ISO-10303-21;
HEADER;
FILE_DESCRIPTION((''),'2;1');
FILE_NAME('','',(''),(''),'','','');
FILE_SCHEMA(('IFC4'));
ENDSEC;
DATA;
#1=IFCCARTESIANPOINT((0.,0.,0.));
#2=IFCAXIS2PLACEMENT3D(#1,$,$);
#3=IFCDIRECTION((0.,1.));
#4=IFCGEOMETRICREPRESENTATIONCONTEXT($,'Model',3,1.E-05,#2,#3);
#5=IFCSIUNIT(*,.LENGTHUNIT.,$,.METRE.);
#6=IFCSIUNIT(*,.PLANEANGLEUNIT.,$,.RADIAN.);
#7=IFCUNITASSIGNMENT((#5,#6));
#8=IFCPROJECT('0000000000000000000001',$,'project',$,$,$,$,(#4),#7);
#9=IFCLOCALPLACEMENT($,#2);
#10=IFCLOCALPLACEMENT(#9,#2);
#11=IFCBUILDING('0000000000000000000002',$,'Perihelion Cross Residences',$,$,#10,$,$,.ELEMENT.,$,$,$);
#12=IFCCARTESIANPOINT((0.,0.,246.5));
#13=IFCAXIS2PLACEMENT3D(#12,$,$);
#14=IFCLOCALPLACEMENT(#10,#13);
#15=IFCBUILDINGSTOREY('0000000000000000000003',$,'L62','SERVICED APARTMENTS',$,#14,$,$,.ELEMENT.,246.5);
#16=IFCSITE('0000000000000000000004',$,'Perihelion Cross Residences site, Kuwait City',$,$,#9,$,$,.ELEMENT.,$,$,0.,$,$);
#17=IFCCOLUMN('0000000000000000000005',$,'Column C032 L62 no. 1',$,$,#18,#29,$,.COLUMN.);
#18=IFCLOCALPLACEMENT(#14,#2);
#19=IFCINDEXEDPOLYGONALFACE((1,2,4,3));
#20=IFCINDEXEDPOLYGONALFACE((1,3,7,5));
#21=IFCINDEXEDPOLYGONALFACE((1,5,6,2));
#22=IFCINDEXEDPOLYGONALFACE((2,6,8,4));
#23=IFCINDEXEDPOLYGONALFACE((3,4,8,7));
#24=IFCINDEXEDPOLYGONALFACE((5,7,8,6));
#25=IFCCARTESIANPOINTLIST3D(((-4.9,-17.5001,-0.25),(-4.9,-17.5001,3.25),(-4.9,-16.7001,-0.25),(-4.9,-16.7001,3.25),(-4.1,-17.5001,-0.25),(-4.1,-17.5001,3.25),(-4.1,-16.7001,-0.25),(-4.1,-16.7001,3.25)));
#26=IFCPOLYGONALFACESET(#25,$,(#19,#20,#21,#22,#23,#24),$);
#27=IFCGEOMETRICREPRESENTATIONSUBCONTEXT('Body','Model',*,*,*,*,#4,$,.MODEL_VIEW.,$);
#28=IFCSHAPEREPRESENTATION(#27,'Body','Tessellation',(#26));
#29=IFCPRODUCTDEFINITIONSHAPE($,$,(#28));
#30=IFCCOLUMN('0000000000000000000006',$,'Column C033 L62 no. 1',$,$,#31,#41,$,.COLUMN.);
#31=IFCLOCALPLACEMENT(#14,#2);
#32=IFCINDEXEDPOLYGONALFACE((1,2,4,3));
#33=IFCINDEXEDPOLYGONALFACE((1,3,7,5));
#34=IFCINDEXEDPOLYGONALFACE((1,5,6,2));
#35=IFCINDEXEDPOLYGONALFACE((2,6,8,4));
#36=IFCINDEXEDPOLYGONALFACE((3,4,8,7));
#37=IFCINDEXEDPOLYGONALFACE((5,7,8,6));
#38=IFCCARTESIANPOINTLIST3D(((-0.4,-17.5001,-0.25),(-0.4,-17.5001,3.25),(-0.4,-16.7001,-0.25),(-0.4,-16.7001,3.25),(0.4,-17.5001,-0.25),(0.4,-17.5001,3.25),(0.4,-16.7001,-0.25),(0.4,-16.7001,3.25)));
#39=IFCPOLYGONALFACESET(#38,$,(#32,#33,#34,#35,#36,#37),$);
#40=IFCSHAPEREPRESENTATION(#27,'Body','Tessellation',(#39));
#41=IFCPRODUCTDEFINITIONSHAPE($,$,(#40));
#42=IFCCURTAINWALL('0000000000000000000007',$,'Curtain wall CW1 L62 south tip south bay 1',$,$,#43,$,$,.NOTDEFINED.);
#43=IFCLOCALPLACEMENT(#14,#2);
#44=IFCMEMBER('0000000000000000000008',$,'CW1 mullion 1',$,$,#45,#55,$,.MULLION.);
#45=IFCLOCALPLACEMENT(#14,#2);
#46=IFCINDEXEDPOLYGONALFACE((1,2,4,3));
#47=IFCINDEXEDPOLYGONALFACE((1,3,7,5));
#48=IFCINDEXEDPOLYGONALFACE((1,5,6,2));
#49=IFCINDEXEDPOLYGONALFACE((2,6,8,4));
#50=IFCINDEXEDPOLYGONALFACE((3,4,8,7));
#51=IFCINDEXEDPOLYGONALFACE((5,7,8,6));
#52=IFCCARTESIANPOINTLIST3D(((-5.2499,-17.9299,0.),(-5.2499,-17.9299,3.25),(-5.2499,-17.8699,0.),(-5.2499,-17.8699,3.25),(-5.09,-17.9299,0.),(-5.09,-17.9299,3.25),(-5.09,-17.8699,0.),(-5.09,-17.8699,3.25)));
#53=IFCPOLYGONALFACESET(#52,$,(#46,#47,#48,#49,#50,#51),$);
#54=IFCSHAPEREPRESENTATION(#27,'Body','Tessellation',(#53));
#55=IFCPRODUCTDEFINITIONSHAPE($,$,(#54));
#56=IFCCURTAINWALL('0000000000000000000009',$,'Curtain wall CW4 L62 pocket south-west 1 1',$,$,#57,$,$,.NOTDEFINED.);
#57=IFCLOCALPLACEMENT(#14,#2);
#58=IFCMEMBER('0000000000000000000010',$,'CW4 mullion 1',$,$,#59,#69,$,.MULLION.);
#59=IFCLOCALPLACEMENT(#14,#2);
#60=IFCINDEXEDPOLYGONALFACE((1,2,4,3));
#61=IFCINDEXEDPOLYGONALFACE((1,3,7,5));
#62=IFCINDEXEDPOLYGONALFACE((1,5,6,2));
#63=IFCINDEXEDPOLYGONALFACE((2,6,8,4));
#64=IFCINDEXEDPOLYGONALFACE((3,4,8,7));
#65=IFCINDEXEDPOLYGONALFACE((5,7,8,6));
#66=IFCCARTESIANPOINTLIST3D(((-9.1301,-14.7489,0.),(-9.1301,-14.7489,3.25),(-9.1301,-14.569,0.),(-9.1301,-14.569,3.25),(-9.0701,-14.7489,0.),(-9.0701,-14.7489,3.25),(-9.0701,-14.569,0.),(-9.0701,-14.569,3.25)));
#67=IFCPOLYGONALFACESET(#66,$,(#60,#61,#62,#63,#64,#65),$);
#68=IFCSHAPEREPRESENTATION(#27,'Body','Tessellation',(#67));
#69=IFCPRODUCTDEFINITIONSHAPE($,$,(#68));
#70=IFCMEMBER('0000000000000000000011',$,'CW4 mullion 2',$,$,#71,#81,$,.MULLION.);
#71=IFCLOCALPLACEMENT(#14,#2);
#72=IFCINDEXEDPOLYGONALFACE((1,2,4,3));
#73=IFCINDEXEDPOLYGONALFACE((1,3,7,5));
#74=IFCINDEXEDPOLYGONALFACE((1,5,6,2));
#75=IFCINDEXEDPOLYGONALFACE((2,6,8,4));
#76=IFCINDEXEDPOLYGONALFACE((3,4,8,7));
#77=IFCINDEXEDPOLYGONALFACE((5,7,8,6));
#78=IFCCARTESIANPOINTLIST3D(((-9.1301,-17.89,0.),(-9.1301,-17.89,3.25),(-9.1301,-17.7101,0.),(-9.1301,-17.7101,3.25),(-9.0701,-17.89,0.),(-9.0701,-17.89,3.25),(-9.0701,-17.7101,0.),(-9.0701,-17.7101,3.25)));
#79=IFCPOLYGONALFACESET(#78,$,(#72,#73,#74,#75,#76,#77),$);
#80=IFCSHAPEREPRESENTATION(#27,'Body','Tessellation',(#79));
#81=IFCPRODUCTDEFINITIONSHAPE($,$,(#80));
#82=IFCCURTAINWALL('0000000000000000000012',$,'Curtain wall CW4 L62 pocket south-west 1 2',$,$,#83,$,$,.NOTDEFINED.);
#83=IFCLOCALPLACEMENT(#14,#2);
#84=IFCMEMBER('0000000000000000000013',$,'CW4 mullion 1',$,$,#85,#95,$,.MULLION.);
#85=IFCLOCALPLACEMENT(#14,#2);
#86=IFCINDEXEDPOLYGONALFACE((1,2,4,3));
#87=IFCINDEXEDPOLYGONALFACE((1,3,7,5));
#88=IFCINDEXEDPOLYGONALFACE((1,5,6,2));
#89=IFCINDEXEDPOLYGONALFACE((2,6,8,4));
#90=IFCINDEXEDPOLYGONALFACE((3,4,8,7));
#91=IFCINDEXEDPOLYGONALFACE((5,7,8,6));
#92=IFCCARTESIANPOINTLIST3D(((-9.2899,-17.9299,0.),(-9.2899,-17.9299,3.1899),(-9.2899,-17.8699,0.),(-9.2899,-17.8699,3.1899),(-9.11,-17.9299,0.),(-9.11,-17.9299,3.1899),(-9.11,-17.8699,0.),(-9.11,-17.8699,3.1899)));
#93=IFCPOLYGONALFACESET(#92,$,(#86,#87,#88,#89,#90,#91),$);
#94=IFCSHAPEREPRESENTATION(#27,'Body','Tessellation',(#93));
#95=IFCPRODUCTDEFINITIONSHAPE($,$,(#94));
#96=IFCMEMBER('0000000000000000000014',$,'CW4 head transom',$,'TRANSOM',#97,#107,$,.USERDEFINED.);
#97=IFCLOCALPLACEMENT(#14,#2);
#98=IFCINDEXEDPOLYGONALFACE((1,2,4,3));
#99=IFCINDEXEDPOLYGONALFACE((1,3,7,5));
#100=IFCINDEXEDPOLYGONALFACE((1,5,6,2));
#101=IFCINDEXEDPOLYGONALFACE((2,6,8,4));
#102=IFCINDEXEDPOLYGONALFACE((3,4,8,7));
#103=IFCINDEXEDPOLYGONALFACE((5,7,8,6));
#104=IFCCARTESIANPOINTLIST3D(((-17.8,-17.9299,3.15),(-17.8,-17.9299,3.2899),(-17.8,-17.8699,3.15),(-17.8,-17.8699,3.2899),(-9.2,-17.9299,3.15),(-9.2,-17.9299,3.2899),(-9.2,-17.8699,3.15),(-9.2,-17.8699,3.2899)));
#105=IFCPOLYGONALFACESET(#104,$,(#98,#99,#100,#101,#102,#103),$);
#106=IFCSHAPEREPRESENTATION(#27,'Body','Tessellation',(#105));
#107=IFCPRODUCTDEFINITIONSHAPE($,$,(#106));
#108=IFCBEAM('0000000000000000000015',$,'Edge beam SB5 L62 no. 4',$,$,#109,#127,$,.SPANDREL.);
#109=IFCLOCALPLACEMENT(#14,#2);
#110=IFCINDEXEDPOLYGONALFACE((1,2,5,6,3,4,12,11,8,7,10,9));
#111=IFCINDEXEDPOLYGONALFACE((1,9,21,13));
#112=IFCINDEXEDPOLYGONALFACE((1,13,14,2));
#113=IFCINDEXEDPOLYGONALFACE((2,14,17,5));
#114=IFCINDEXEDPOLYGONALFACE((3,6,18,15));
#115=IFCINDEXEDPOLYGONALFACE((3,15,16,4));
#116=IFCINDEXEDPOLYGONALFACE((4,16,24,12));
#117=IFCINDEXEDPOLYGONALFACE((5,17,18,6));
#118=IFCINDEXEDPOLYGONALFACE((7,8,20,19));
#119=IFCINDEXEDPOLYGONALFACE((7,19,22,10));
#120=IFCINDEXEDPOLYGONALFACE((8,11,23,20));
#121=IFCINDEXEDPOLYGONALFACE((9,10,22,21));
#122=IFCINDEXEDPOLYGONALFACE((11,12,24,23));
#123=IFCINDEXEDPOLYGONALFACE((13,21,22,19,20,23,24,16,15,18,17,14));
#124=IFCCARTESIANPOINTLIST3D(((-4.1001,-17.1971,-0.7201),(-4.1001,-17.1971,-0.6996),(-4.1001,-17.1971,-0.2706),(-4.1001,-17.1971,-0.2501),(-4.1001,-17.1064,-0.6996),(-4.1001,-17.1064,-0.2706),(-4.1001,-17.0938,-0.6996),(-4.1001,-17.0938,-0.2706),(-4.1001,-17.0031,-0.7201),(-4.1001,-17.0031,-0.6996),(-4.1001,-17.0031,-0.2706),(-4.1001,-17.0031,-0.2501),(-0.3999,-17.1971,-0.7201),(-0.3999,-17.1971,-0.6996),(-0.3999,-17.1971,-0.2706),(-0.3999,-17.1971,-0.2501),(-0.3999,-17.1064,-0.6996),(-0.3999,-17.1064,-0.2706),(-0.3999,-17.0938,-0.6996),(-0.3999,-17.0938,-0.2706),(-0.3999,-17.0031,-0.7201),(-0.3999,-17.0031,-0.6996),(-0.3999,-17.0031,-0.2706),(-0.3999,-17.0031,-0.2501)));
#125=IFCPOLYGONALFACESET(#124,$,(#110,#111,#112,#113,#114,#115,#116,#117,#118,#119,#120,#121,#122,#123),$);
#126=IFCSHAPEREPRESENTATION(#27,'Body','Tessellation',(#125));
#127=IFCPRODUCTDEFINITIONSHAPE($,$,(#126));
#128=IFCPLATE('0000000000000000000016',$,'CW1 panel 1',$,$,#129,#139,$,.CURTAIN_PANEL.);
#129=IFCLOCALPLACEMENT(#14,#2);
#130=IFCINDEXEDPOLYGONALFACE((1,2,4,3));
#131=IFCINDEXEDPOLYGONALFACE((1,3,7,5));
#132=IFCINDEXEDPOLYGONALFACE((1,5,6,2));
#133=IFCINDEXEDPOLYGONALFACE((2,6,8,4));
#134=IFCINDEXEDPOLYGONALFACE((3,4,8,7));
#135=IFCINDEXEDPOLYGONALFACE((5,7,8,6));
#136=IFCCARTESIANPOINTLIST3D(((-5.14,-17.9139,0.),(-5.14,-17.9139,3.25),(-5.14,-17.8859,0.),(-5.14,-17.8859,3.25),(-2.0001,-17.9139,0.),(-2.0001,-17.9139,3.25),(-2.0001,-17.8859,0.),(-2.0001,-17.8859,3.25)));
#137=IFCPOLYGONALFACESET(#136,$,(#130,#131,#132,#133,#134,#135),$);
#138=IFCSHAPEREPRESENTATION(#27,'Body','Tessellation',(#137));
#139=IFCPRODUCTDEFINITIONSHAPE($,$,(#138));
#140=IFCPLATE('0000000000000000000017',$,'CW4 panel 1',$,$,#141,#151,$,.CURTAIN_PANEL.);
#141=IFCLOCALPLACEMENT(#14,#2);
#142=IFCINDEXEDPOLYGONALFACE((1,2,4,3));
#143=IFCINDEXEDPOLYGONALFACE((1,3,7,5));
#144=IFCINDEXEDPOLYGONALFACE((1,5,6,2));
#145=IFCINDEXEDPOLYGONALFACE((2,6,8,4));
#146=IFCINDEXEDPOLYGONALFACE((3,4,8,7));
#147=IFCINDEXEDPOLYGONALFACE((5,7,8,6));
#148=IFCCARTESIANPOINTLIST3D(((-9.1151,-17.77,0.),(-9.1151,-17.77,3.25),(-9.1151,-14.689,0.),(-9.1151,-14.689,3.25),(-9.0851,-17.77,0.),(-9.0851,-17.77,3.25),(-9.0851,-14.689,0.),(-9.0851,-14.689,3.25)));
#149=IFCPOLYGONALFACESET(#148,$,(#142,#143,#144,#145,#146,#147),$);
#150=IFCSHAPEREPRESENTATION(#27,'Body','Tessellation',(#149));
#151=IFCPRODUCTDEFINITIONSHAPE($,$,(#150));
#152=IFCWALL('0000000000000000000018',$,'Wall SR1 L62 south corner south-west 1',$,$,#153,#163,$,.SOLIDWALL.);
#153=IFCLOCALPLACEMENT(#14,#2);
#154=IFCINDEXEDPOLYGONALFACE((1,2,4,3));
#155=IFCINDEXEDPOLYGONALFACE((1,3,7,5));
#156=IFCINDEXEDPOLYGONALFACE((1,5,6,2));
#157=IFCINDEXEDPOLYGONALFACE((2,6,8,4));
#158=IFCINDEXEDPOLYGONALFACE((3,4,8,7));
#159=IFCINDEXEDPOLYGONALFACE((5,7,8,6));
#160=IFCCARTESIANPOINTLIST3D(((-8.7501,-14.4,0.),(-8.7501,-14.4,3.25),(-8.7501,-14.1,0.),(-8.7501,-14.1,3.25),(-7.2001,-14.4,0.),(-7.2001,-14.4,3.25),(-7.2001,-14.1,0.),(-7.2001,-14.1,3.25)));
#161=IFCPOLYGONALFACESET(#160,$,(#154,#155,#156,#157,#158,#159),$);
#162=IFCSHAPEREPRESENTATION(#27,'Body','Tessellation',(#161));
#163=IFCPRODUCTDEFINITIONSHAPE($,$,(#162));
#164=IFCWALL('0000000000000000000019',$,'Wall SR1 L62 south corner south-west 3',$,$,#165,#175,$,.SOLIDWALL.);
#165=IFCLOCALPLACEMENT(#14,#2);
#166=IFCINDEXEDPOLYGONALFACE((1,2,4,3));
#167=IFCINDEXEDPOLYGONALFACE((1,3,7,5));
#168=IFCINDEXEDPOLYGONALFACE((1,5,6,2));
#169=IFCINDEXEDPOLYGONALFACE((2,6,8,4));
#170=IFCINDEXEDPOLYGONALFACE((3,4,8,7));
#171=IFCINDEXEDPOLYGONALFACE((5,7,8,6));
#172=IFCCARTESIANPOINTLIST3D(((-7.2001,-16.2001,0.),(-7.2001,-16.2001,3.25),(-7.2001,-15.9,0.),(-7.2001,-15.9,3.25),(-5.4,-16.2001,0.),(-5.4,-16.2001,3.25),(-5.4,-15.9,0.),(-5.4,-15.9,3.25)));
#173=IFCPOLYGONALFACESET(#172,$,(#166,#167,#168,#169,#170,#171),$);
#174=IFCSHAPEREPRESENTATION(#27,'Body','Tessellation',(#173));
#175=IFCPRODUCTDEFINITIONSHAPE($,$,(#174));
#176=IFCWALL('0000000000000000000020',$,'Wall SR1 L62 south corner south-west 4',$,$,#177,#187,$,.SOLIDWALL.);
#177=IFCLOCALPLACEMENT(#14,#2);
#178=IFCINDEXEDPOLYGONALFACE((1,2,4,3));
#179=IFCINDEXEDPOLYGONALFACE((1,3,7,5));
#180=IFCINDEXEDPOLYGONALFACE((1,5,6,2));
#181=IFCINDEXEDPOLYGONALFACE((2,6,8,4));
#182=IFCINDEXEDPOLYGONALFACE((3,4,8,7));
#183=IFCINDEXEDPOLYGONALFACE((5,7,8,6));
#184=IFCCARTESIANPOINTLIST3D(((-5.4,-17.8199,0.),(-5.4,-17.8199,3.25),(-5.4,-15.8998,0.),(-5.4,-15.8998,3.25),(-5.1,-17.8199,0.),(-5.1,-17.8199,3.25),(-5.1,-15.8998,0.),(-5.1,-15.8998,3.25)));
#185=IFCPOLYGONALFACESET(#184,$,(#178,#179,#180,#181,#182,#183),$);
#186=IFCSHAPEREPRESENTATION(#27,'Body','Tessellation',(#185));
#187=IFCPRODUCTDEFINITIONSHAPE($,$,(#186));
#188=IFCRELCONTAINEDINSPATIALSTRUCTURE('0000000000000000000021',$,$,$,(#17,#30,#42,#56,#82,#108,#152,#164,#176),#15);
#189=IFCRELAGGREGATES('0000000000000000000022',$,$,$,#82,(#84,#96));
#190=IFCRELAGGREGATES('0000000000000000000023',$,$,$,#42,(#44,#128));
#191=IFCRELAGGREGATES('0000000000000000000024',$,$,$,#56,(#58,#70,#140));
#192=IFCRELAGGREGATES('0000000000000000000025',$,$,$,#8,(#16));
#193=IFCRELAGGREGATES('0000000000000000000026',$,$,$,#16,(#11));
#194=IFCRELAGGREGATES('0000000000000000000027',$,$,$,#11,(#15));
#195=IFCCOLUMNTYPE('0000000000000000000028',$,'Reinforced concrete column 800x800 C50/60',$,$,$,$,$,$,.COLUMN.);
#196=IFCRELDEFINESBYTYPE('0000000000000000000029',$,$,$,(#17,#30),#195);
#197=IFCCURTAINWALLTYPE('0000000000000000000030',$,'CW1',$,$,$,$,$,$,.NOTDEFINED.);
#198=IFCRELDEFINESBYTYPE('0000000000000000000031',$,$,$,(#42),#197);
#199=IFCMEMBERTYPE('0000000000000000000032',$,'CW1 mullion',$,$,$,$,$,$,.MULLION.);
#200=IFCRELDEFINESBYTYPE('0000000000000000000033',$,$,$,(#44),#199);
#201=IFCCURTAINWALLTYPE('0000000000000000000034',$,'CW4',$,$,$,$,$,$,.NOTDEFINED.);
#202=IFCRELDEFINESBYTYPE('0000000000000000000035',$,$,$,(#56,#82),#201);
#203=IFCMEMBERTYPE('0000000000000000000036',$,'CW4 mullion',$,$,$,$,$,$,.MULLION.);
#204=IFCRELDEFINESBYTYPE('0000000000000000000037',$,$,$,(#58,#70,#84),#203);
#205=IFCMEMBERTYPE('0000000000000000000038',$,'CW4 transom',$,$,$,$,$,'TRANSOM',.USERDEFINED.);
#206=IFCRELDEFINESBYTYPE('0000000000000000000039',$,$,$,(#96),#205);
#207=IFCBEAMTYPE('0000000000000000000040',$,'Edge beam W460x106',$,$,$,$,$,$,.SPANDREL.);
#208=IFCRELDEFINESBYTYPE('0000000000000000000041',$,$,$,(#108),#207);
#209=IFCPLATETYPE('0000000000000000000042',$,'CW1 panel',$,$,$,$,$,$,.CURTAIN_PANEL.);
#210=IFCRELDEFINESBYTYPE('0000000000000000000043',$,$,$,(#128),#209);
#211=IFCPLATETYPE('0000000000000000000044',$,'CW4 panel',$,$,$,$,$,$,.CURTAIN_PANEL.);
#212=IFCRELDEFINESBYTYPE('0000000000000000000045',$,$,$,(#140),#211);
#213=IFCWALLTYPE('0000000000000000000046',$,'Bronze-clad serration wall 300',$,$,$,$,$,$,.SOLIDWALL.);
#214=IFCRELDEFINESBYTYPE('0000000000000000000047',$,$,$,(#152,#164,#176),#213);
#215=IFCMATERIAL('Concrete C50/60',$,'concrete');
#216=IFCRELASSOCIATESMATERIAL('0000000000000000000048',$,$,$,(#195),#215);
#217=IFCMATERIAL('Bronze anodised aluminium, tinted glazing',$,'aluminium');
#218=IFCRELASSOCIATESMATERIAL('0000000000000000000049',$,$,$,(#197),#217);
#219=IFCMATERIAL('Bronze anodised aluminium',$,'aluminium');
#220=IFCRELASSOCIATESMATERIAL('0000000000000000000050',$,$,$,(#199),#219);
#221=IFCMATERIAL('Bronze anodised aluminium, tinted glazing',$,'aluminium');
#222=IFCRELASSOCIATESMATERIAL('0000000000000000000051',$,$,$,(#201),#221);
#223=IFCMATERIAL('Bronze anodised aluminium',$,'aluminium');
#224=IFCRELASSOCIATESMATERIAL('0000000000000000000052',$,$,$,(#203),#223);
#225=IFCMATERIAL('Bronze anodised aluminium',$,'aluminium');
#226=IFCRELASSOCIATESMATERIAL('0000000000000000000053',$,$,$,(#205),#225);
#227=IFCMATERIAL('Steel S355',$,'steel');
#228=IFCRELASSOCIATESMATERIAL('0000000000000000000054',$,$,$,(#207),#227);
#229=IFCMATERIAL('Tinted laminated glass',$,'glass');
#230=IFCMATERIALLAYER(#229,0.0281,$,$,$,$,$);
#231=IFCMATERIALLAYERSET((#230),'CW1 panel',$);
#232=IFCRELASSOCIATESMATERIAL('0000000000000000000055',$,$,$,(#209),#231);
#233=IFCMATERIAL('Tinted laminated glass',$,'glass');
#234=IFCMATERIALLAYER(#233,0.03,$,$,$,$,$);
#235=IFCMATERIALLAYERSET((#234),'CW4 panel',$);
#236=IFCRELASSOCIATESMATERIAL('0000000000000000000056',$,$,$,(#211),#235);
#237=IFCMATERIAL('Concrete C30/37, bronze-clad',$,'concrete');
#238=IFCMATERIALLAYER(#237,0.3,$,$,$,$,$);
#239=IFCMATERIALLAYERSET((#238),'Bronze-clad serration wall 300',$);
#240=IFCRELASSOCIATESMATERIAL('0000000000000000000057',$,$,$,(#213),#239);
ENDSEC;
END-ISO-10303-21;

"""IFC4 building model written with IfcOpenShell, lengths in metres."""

from ifc_helpers import new_model, si_unit, direction, frame, frame_2d, origin, origin_2d, place, context, subcontext, project, spatial, rectangle, i_section, extrude, material, layer, layer_set, material_profile, profile_set, type_object, element, aggregate, save


model = new_model("IFC4")

# Units and contexts
model_context = context("Model", 3, precision=1e-05, world=origin(), true_north=direction((0.0, 1.0)))
body_context = subcontext(model_context, "Body", "Model", "MODEL_VIEW")
ifc_project = project(units=[si_unit("LENGTHUNIT", "METRE"), si_unit("PLANEANGLEUNIT", "RADIAN")], contexts=[model_context])

# Site, building, storey
site_placement = place(None, origin())
site = spatial("IfcSite", under=ifc_project, at=site_placement, Name="Perihelion Cross Residences site, Kuwait City", CompositionType="ELEMENT", RefElevation=0.0)
building_placement = place(site_placement, origin())
building = spatial("IfcBuilding", under=site, at=building_placement, Name="Perihelion Cross Residences", CompositionType="ELEMENT")
storey_placement = place(building_placement, frame((0.0, 0.0, 246.5)))
storey = spatial("IfcBuildingStorey", under=building, at=storey_placement, Name="L62", Description="SERVICED APARTMENTS", CompositionType="ELEMENT", Elevation=246.5)

# Columns
ifc_material_1 = material(Name="Concrete C50/60", Category="concrete")
ifc_material_profile_1 = material_profile(ifc_material_1, rectangle(XDim=0.8, YDim=0.8, at=origin_2d()), Name="RC 800x800")
ifc_profile_set_1 = profile_set([ifc_material_profile_1], Name="Concrete C50/60")
column_type = type_object("IfcColumnType", Name="Reinforced concrete column 800x800 C50/60", PredefinedType="COLUMN", material=ifc_profile_set_1)
for number, where, z_axis, x_axis, name in (
    (1, (-4.5, -17.1001, -0.25), (0.0, 0.0, 1.0), (1.0, 0.0, 0.0), "Column C032 L62 no. 1"),
    (2, (0.0, -17.1001, -0.25), (0.0, 0.0, 1.0), (1.0, 0.0, 0.0), "Column C033 L62 no. 1"),
):
    element("IfcColumn", number, at=place(storey_placement, frame(where, z_axis=z_axis, x_axis=x_axis)), inside=storey, type_object=column_type, Name=name, PredefinedType="COLUMN", context=body_context, shape_type="SweptSolid", body=[
        extrude(rectangle(XDim=0.8, YDim=0.8, at=origin_2d()), origin(), (0.0, 0.0, 1.0), 3.5),
    ])

# Curtain wall, member
ifc_material_2 = material(Name="Bronze anodised aluminium, tinted glazing", Category="aluminium")
curtain_wall_type_1 = type_object("IfcCurtainWallType", Name="CW1", PredefinedType="NOTDEFINED", material=ifc_material_2)
curtain_wall_1_placement = place(storey_placement, origin())
curtain_wall_1 = element("IfcCurtainWall", 3, at=curtain_wall_1_placement, inside=storey, type_object=curtain_wall_type_1, Name="Curtain wall CW1 L62 south tip south bay 1", PredefinedType="NOTDEFINED")
ifc_material_3 = material(Name="Bronze anodised aluminium", Category="aluminium")
ifc_material_profile_2 = material_profile(ifc_material_3, rectangle(XDim=0.0601, YDim=0.1599, at=origin_2d()), Name="CW1 mullion")
ifc_profile_set_2 = profile_set([ifc_material_profile_2], Name="Bronze anodised aluminium")
member_type_1 = type_object("IfcMemberType", Name="CW1 mullion", PredefinedType="MULLION", material=ifc_profile_set_2)
member_1_placement = place(storey_placement, frame((-5.1699, -17.8999, 0.0), z_axis=(0.0, 0.0, 1.0), x_axis=(0.0, 1.0, 0.0)))
member_1 = element("IfcMember", 4, at=member_1_placement, type_object=member_type_1, Name="CW1 mullion 1", PredefinedType="MULLION", context=body_context, shape_type="SweptSolid", body=[
    extrude(rectangle(XDim=0.0601, YDim=0.1599, at=origin_2d()), origin(), (0.0, 0.0, 1.0), 3.25),
])

# Curtain walls, members
ifc_material_4 = material(Name="Bronze anodised aluminium, tinted glazing", Category="aluminium")
curtain_wall_type_2 = type_object("IfcCurtainWallType", Name="CW4", PredefinedType="NOTDEFINED", material=ifc_material_4)
curtain_wall_2_placement = place(storey_placement, origin())
curtain_wall_2 = element("IfcCurtainWall", 5, at=curtain_wall_2_placement, inside=storey, type_object=curtain_wall_type_2, Name="Curtain wall CW4 L62 pocket south-west 1 1", PredefinedType="NOTDEFINED")
ifc_material_5 = material(Name="Bronze anodised aluminium", Category="aluminium")
ifc_material_profile_3 = material_profile(ifc_material_5, rectangle(XDim=0.0601, YDim=0.1799, at=origin_2d()), Name="CW4 mullion")
ifc_profile_set_3 = profile_set([ifc_material_profile_3], Name="Bronze anodised aluminium")
member_type_2 = type_object("IfcMemberType", Name="CW4 mullion", PredefinedType="MULLION", material=ifc_profile_set_3)
member_2_placement = place(storey_placement, frame((-9.1001, -14.6589, 0.0), z_axis=(0.0, 0.0, 1.0), x_axis=(1.0, 0.0, 0.0)))
member_2 = element("IfcMember", 6, at=member_2_placement, type_object=member_type_2, Name="CW4 mullion 1", PredefinedType="MULLION", context=body_context, shape_type="SweptSolid", body=[
    extrude(rectangle(XDim=0.0601, YDim=0.1799, at=origin_2d()), origin(), (0.0, 0.0, 1.0), 3.25),
])
member_3_placement = place(storey_placement, frame((-9.1001, -17.8, 0.0), z_axis=(0.0, 0.0, 1.0), x_axis=(1.0, 0.0, 0.0)))
member_3 = element("IfcMember", 7, at=member_3_placement, type_object=member_type_2, Name="CW4 mullion 2", PredefinedType="MULLION", context=body_context, shape_type="SweptSolid", body=[
    extrude(rectangle(XDim=0.0601, YDim=0.1799, at=origin_2d()), origin(), (0.0, 0.0, 1.0), 3.25),
])
curtain_wall_3_placement = place(storey_placement, origin())
curtain_wall_3 = element("IfcCurtainWall", 8, at=curtain_wall_3_placement, inside=storey, type_object=curtain_wall_type_2, Name="Curtain wall CW4 L62 pocket south-west 1 2", PredefinedType="NOTDEFINED")
member_4_placement = place(storey_placement, frame((-9.2, -17.8999, 0.0), z_axis=(0.0, 0.0, 1.0), x_axis=(0.0, -1.0, 0.0)))
member_4 = element("IfcMember", 9, at=member_4_placement, type_object=member_type_2, Name="CW4 mullion 1", PredefinedType="MULLION", context=body_context, shape_type="SweptSolid", body=[
    extrude(rectangle(XDim=0.0601, YDim=0.1799, at=origin_2d()), origin(), (0.0, 0.0, 1.0), 3.1899),
])
ifc_material_6 = material(Name="Bronze anodised aluminium", Category="aluminium")
ifc_material_profile_4 = material_profile(ifc_material_6, rectangle(XDim=0.0601, YDim=0.1399, at=origin_2d()), Name="CW4 transom")
ifc_profile_set_4 = profile_set([ifc_material_profile_4], Name="Bronze anodised aluminium")
member_type_3 = type_object("IfcMemberType", Name="CW4 transom", ElementType="TRANSOM", PredefinedType="USERDEFINED", material=ifc_profile_set_4)
member_5_placement = place(storey_placement, frame((-9.2, -17.8999, 3.22), z_axis=(-1.0, 0.0, 0.0), x_axis=(0.0, -1.0, 0.0)))
member_5 = element("IfcMember", 10, at=member_5_placement, type_object=member_type_3, Name="CW4 head transom", ObjectType="TRANSOM", PredefinedType="USERDEFINED", context=body_context, shape_type="SweptSolid", body=[
    extrude(rectangle(XDim=0.0601, YDim=0.1399, at=origin_2d()), origin(), (0.0, 0.0, 1.0), 8.6001),
])
aggregate(curtain_wall_3, [member_4, member_5])

# Beam
ifc_material_7 = material(Name="Steel S355", Category="steel")
ifc_material_profile_5 = material_profile(ifc_material_7, i_section(OverallWidth=0.1941, OverallDepth=0.47, WebThickness=0.0127, FlangeThickness=0.0205, at=origin_2d()), Name="W460x106")
ifc_profile_set_5 = profile_set([ifc_material_profile_5], Name="Steel S355")
beam_type = type_object("IfcBeamType", Name="Edge beam W460x106", PredefinedType="SPANDREL", material=ifc_profile_set_5)
beam_placement = place(storey_placement, frame((-4.1001, -17.1001, -0.4851), z_axis=(1.0, 0.0, 0.0), x_axis=(0.0, 1.0, 0.0)))
element("IfcBeam", 11, at=beam_placement, inside=storey, type_object=beam_type, Name="Edge beam SB5 L62 no. 4", PredefinedType="SPANDREL", context=body_context, shape_type="SweptSolid", body=[
    extrude(i_section(OverallWidth=0.1941, OverallDepth=0.47, WebThickness=0.0127, FlangeThickness=0.0205, at=origin_2d()), origin(), (0.0, 0.0, 1.0), 3.7002),
])

# Plates
ifc_material_8 = material(Name="Tinted laminated glass", Category="glass")
ifc_layer_1 = layer(ifc_material_8, 0.0281)
ifc_layer_set_1 = layer_set([ifc_layer_1], Name="CW1 panel")
plate_type_1 = type_object("IfcPlateType", Name="CW1 panel", PredefinedType="CURTAIN_PANEL", material=ifc_layer_set_1)
plate_1_placement = place(storey_placement, frame((-3.5701, -17.8999, 0.0), z_axis=(0.0, 0.0, 1.0), x_axis=(1.0, 0.0, 0.0)))
plate_1 = element("IfcPlate", 12, at=plate_1_placement, type_object=plate_type_1, Name="CW1 panel 1", PredefinedType="CURTAIN_PANEL", context=body_context, shape_type="SweptSolid", body=[
    extrude(rectangle(XDim=3.1399, YDim=0.0281, at=origin_2d()), origin(), (0.0, 0.0, 1.0), 3.25),
])
aggregate(curtain_wall_1, [member_1, plate_1])
ifc_material_9 = material(Name="Tinted laminated glass", Category="glass")
ifc_layer_2 = layer(ifc_material_9, 0.03)
ifc_layer_set_2 = layer_set([ifc_layer_2], Name="CW4 panel")
plate_type_2 = type_object("IfcPlateType", Name="CW4 panel", PredefinedType="CURTAIN_PANEL", material=ifc_layer_set_2)
plate_2_placement = place(storey_placement, frame((-9.1001, -16.2295, 0.0), z_axis=(0.0, 0.0, 1.0), x_axis=(0.0, -1.0, 0.0)))
plate_2 = element("IfcPlate", 13, at=plate_2_placement, type_object=plate_type_2, Name="CW4 panel 1", PredefinedType="CURTAIN_PANEL", context=body_context, shape_type="SweptSolid", body=[
    extrude(rectangle(XDim=3.0811, YDim=0.03, at=origin_2d()), origin(), (0.0, 0.0, 1.0), 3.25),
])
aggregate(curtain_wall_2, [member_2, member_3, plate_2])

# Walls
ifc_material_10 = material(Name="Concrete C30/37, bronze-clad", Category="concrete")
ifc_layer_3 = layer(ifc_material_10, 0.3)
ifc_layer_set_3 = layer_set([ifc_layer_3], Name="Bronze-clad serration wall 300")
wall_type_1 = type_object("IfcWallType", Name="Bronze-clad serration wall 300", PredefinedType="SOLIDWALL", material=ifc_layer_set_3)
wall_1_placement = place(storey_placement, frame((-8.75, -14.25, 0.0), z_axis=(0.0, 0.0, 1.0), x_axis=(1.0, 0.0, 0.0)))
element("IfcWall", 14, at=wall_1_placement, inside=storey, type_object=wall_type_1, Name="Wall SR1 L62 south corner south-west 1", PredefinedType="SOLIDWALL", context=body_context, shape_type="SweptSolid", body=[
    extrude(rectangle(XDim=1.55, YDim=0.3, at=frame_2d((0.7749, 0.0))), origin(), (0.0, 0.0, 1.0), 3.25),
])
wall_2_placement = place(storey_placement, frame((-7.2, -16.05, 0.0), z_axis=(0.0, 0.0, 1.0), x_axis=(1.0, 0.0, 0.0)))
element("IfcWall", 15, at=wall_2_placement, inside=storey, type_object=wall_type_1, Name="Wall SR1 L62 south corner south-west 3", PredefinedType="SOLIDWALL", context=body_context, shape_type="SweptSolid", body=[
    extrude(rectangle(XDim=1.8, YDim=0.3, at=frame_2d((0.8999, 0.0))), origin(), (0.0, 0.0, 1.0), 3.25),
])
wall_3_placement = place(storey_placement, frame((-5.25, -15.8999, 0.0), z_axis=(0.0, 0.0, 1.0), x_axis=(0.0, -1.0, 0.0)))
element("IfcWall", 16, at=wall_3_placement, inside=storey, type_object=wall_type_1, Name="Wall SR1 L62 south corner south-west 4", PredefinedType="SOLIDWALL", context=body_context, shape_type="SweptSolid", body=[
    extrude(rectangle(XDim=1.9202, YDim=0.3, at=frame_2d((0.96, 0.0))), origin(), (0.0, 0.0, 1.0), 3.25),
])

save(model, "model.ifc")
